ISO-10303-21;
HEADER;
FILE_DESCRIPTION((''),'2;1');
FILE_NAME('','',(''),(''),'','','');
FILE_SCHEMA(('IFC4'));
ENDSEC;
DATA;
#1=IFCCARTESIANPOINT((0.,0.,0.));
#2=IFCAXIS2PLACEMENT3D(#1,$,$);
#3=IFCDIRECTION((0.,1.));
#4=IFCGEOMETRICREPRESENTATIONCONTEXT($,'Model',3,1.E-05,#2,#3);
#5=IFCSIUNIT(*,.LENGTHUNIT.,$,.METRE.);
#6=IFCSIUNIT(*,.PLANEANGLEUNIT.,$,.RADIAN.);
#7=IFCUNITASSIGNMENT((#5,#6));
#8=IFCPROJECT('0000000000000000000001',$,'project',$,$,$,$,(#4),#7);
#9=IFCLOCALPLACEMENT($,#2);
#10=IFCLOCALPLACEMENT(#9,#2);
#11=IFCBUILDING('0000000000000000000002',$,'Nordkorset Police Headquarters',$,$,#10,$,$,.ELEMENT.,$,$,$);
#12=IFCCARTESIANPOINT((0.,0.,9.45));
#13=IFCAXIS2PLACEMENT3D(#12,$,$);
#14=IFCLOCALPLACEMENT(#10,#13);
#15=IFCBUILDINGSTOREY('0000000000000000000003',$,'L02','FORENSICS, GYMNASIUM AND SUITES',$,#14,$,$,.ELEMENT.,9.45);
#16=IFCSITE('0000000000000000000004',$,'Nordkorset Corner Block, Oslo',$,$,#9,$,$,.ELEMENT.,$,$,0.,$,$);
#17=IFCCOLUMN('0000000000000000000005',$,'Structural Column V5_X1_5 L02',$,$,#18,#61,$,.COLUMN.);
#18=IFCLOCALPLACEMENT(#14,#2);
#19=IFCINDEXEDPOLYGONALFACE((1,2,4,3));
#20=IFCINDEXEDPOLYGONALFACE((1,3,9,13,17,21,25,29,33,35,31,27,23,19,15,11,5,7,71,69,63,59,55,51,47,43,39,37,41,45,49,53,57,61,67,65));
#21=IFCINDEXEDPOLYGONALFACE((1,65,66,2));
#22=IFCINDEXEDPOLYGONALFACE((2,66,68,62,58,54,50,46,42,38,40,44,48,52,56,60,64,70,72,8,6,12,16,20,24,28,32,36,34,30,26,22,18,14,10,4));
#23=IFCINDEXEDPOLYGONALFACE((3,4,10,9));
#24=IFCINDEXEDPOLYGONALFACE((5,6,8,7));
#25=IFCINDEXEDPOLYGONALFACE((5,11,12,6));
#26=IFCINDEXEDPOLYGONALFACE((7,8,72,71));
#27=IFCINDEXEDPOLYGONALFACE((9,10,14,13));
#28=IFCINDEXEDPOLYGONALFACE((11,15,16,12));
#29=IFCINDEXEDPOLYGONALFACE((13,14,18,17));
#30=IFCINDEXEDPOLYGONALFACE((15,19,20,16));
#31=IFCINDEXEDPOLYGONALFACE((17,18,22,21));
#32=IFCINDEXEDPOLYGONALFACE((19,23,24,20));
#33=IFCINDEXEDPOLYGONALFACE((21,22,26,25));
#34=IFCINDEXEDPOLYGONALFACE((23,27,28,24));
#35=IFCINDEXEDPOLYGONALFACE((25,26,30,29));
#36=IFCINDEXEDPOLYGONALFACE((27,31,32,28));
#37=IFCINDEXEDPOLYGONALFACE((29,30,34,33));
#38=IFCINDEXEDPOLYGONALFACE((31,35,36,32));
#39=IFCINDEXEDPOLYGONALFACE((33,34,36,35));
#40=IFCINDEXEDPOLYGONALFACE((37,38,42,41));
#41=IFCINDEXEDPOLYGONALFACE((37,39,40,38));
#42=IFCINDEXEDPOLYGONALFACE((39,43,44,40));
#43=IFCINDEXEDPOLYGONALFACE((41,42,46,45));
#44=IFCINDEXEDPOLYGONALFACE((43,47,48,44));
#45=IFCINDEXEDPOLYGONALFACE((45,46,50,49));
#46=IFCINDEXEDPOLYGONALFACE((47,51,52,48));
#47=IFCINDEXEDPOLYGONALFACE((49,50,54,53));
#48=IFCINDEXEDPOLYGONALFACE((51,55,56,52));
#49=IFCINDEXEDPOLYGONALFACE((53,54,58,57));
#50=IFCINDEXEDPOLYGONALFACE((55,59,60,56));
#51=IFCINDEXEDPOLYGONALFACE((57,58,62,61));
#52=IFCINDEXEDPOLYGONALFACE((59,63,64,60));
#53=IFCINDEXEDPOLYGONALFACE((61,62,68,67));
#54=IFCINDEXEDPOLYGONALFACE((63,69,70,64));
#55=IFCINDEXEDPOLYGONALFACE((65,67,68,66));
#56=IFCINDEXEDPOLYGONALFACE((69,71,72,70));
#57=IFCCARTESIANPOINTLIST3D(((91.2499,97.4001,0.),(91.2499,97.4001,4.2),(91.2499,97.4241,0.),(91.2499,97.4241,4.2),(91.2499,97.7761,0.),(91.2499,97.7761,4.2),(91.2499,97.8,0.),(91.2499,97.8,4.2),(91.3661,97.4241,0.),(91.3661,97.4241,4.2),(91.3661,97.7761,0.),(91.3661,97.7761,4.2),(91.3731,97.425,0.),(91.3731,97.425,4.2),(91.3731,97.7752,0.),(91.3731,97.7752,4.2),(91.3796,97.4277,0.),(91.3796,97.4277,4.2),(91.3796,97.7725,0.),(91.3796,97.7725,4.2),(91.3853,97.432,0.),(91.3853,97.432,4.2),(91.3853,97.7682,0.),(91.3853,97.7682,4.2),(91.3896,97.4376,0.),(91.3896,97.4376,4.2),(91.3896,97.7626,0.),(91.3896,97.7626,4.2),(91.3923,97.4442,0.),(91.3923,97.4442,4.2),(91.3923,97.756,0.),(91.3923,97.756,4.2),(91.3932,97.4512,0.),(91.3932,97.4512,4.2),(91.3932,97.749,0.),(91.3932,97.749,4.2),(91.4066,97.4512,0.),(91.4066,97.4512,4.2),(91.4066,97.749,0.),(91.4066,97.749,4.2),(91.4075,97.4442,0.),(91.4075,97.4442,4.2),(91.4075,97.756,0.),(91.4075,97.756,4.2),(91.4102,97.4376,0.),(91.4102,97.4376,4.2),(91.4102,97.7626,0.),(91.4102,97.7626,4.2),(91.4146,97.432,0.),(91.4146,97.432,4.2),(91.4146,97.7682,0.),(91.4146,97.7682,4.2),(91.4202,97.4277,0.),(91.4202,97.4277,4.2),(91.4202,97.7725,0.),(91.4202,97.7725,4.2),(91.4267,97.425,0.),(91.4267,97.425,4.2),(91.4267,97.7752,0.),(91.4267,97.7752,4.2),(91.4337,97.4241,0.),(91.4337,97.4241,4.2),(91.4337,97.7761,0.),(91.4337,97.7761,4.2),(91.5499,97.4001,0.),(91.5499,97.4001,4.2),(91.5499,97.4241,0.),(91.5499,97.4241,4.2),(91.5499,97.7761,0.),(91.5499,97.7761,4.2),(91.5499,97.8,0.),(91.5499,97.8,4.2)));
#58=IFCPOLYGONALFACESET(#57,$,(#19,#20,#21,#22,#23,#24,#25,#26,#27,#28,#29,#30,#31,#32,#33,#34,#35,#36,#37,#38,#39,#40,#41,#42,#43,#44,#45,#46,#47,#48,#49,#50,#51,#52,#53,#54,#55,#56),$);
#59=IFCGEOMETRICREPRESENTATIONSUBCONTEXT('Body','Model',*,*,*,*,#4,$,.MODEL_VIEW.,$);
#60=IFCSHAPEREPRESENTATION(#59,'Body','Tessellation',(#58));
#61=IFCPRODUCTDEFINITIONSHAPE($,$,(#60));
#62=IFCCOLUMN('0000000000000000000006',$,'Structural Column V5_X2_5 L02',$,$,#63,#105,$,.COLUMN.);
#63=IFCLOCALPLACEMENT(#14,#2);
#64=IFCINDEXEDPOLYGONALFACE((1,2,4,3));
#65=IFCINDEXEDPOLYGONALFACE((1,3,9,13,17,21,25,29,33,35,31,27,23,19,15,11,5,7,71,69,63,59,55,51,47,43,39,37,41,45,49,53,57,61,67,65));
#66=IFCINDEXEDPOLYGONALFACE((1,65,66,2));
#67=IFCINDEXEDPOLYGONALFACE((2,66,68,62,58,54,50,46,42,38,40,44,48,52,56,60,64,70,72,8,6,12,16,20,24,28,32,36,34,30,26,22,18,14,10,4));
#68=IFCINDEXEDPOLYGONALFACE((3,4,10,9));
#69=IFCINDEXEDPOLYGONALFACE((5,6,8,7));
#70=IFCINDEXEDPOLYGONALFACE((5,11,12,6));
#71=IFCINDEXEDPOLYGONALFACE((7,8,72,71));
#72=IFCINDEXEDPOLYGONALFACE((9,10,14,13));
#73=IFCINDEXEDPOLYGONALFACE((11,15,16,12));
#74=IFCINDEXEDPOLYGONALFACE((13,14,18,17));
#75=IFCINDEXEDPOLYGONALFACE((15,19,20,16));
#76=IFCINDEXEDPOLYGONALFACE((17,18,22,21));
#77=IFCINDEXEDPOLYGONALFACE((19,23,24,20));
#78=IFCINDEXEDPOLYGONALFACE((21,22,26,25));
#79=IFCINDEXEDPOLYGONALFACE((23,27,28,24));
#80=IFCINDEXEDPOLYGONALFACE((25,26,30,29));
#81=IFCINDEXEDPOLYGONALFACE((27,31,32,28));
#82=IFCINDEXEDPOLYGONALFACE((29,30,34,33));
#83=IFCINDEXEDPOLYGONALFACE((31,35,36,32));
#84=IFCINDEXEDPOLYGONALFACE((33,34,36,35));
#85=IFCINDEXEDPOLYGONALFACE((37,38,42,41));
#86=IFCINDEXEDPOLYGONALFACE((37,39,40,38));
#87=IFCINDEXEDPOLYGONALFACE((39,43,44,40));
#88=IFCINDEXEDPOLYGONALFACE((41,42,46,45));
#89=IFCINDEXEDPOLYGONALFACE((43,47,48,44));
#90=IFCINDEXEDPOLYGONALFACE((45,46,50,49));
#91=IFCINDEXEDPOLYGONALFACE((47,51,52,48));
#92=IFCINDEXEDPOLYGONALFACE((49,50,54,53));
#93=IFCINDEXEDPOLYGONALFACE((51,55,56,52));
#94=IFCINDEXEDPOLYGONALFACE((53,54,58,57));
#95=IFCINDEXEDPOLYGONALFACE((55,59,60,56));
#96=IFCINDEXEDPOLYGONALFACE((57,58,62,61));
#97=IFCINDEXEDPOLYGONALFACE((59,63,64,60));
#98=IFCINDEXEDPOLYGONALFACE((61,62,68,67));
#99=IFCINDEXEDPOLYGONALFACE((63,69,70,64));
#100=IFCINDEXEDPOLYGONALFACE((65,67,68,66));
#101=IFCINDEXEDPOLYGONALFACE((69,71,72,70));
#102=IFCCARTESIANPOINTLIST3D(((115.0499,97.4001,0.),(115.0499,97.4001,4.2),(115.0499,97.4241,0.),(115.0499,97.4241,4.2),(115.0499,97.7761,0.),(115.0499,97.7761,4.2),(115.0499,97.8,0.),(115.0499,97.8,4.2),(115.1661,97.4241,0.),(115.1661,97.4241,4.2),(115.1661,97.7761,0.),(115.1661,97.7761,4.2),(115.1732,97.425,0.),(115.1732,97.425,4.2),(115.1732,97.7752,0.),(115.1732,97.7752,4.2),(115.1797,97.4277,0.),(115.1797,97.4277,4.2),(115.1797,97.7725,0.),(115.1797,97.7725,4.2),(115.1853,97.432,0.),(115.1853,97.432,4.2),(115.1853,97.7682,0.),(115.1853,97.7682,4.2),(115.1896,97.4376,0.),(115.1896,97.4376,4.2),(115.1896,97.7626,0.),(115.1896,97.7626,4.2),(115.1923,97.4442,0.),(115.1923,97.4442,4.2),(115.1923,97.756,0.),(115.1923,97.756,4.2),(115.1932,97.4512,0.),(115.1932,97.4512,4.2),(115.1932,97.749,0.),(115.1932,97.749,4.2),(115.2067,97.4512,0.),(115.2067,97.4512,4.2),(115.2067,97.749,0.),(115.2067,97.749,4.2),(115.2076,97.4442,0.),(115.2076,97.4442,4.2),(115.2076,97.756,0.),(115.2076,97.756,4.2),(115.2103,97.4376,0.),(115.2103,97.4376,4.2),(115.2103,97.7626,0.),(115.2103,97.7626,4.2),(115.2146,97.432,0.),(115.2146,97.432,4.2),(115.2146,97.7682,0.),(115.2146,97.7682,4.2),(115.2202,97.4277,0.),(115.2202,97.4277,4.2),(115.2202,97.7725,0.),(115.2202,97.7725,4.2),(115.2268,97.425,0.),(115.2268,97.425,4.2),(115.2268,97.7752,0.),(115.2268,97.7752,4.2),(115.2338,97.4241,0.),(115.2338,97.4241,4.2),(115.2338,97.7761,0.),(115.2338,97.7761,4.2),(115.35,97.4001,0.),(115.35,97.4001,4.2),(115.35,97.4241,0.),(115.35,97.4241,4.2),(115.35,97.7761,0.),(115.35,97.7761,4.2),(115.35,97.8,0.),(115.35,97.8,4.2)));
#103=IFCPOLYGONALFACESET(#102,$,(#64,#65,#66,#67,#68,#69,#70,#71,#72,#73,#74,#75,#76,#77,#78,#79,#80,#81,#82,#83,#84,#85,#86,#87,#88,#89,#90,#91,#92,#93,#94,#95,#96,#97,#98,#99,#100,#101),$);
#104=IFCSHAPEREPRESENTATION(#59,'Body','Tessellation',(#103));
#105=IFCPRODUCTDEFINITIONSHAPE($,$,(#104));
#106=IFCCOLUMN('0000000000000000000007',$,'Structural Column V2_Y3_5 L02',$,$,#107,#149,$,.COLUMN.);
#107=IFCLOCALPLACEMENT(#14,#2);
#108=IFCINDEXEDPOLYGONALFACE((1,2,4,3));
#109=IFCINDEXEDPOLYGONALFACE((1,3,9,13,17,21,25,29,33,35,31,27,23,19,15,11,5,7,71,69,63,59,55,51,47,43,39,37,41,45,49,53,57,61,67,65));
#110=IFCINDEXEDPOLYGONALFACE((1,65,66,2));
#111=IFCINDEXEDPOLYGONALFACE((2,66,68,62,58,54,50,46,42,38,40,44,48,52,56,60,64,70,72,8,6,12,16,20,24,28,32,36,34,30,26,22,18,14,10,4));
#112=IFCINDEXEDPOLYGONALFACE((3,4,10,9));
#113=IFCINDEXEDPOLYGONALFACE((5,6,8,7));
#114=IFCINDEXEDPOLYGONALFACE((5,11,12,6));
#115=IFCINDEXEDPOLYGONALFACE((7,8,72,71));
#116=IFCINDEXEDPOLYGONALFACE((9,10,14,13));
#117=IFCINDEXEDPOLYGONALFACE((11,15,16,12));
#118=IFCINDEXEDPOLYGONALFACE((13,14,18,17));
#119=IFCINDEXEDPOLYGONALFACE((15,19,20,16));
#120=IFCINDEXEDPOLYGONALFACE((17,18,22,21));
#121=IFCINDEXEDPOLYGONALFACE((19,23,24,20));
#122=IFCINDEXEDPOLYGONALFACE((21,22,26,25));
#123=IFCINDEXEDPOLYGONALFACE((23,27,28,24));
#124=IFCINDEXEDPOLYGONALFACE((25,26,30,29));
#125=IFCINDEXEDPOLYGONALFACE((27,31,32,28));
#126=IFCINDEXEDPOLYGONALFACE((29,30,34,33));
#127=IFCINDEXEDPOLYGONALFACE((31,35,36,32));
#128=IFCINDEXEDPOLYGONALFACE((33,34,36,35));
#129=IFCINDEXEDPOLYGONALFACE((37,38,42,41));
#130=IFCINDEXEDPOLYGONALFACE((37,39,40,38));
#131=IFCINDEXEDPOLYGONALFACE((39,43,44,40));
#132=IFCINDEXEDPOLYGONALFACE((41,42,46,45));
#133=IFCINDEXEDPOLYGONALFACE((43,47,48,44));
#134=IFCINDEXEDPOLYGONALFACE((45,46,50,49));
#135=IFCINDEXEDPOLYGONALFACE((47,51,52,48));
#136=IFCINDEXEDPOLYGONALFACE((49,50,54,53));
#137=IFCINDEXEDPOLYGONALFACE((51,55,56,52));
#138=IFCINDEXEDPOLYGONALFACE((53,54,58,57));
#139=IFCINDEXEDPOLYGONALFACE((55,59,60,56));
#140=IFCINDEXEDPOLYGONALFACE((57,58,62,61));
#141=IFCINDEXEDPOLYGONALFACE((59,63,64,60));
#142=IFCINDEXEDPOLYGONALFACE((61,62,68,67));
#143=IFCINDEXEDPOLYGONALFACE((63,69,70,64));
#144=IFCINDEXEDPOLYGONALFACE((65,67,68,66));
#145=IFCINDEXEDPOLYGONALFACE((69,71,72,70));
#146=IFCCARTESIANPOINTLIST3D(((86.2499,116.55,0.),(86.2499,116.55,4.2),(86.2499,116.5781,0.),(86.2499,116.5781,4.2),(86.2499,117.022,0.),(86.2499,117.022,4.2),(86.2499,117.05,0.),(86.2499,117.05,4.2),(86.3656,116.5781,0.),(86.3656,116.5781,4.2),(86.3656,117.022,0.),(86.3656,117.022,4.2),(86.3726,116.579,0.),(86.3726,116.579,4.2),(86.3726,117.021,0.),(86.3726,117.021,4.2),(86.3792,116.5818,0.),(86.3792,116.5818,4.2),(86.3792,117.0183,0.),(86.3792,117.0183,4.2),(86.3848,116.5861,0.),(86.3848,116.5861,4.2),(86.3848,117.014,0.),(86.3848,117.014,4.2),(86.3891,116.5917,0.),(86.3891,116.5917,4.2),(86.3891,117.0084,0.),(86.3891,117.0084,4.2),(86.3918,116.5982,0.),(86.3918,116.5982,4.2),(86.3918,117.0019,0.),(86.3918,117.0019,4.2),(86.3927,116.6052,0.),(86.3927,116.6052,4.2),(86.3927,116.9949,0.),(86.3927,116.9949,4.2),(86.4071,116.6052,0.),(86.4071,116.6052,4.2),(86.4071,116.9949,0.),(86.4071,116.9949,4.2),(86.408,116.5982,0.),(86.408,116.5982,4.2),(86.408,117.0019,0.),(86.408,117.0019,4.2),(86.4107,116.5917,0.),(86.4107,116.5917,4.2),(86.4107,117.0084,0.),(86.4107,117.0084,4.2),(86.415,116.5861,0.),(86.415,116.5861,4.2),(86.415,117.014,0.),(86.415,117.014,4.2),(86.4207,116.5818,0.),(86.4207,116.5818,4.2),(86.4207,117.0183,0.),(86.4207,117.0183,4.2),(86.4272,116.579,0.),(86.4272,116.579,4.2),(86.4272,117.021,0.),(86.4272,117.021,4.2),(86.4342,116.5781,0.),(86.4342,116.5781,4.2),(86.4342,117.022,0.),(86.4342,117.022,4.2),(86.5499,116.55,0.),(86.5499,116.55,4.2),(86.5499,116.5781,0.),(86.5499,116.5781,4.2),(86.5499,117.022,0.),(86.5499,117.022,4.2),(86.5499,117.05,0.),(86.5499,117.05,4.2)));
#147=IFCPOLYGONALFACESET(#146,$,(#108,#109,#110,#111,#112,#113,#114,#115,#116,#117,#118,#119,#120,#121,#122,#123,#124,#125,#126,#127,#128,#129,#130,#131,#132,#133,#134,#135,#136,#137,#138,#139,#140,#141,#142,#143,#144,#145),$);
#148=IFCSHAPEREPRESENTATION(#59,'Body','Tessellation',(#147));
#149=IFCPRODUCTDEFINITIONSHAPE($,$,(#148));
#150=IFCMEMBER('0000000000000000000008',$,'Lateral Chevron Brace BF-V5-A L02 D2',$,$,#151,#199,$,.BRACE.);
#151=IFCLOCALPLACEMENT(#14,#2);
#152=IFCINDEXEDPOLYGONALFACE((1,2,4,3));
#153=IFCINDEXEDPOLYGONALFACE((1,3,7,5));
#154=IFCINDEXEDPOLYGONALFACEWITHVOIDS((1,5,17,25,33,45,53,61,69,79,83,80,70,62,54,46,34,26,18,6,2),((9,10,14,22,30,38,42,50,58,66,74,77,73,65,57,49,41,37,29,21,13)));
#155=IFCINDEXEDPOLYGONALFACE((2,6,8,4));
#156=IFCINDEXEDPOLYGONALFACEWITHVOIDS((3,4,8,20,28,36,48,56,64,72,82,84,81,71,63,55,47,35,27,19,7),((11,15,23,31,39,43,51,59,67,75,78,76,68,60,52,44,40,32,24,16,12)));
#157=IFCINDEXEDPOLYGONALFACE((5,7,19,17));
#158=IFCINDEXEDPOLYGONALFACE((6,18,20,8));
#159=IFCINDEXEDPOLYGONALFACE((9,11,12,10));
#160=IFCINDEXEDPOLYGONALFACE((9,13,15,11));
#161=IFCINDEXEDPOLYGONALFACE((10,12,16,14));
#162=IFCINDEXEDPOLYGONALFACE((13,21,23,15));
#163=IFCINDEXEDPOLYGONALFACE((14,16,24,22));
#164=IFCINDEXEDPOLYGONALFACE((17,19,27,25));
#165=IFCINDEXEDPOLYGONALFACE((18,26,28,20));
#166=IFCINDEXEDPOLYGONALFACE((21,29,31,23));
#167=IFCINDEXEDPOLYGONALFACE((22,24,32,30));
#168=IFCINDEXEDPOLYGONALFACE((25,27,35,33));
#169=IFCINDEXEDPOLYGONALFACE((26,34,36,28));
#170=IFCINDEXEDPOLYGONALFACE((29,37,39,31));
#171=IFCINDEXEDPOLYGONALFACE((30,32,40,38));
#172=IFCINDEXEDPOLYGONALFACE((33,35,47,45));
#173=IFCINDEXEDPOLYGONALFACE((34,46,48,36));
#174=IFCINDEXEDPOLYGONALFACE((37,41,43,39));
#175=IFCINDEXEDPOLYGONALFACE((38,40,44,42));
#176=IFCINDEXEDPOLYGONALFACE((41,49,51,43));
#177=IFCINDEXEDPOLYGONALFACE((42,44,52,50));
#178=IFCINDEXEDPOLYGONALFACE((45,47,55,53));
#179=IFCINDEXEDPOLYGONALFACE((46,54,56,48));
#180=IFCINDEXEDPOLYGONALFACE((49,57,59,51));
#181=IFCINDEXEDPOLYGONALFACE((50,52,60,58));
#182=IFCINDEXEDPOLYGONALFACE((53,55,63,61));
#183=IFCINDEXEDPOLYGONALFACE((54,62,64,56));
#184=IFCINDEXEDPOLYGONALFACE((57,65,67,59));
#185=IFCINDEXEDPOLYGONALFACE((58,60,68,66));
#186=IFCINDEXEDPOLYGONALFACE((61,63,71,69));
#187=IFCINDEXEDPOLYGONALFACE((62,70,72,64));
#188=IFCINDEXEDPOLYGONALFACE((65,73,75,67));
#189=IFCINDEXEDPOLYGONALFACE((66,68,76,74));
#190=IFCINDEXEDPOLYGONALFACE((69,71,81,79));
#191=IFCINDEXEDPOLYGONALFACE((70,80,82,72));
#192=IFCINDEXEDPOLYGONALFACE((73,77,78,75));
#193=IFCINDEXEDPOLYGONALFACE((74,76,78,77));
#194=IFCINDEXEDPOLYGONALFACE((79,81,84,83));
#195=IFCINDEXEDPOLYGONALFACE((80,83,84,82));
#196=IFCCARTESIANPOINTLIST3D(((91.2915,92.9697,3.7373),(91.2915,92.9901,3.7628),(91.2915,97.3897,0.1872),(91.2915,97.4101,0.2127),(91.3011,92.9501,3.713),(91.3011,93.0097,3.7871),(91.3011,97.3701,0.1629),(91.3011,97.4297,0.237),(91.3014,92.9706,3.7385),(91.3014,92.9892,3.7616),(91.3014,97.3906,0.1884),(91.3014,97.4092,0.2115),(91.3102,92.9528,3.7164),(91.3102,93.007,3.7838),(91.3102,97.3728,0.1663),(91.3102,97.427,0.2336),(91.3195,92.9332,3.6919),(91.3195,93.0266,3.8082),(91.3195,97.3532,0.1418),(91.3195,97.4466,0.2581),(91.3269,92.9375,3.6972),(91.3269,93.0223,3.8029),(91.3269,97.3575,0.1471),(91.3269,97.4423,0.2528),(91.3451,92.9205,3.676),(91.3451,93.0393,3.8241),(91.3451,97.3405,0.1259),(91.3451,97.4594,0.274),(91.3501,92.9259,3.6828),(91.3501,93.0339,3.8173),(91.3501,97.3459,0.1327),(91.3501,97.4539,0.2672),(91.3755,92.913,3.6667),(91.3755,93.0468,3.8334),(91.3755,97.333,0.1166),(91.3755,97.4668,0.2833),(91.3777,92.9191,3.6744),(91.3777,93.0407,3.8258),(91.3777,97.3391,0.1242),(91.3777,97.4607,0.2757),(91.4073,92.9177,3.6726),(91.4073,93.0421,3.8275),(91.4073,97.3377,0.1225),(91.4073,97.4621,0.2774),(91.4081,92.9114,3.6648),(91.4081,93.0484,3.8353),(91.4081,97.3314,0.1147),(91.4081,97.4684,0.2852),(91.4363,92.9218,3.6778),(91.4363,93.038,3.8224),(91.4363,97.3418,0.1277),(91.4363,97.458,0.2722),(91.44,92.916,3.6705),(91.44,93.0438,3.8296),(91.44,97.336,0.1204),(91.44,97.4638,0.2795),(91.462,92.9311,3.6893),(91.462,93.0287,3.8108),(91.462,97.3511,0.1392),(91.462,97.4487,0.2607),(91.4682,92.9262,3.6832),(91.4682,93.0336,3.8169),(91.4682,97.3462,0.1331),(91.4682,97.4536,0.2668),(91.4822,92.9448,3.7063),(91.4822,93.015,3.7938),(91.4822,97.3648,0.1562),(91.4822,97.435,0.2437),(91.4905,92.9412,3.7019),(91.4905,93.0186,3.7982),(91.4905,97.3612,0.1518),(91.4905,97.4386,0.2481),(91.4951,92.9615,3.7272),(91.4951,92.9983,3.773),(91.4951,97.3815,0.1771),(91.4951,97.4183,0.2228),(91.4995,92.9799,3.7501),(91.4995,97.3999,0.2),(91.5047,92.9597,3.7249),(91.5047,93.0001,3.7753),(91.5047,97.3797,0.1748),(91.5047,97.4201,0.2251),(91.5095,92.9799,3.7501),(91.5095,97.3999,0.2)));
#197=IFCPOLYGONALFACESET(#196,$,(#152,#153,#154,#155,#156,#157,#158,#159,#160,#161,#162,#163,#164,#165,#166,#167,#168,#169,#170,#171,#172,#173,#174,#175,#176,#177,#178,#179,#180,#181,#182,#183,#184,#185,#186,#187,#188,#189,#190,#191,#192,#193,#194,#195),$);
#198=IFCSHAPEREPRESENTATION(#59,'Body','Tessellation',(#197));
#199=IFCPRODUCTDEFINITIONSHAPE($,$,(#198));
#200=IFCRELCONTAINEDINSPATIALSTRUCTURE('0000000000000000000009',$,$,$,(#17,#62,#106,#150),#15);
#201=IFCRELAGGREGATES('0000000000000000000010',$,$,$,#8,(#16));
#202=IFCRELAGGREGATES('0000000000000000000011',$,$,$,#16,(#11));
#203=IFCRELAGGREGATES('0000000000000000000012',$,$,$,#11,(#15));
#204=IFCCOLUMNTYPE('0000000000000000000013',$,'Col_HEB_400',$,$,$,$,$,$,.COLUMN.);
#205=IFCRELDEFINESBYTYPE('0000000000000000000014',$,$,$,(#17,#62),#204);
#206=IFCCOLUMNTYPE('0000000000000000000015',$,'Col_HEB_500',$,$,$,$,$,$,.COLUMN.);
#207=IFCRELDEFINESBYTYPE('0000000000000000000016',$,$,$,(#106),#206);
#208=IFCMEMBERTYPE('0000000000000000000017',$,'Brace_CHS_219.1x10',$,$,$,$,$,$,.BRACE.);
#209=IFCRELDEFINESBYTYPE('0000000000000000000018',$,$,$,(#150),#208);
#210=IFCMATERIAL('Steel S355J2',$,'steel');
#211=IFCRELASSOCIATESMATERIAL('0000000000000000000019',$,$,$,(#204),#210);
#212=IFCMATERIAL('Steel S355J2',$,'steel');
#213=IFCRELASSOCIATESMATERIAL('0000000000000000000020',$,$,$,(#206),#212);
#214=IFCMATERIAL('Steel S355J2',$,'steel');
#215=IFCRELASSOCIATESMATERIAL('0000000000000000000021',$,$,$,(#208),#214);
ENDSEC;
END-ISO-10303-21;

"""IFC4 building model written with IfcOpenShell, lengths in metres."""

from ifc_helpers import new_model, si_unit, direction, frame, origin, origin_2d, place, context, subcontext, project, spatial, hollow_circle, i_section, extrude, material, material_profile, profile_set, type_object, element, save


model = new_model("IFC4")

# Units and contexts
model_context = context("Model", 3, precision=1e-05, world=origin(), true_north=direction((0.0, 1.0)))
body_context = subcontext(model_context, "Body", "Model", "MODEL_VIEW")
ifc_project = project(units=[si_unit("LENGTHUNIT", "METRE"), si_unit("PLANEANGLEUNIT", "RADIAN")], contexts=[model_context])

# Site, building, storey
site_placement = place(None, origin())
site = spatial("IfcSite", under=ifc_project, at=site_placement, Name="Nordkorset Corner Block, Oslo", CompositionType="ELEMENT", RefElevation=0.0)
building_placement = place(site_placement, origin())
building = spatial("IfcBuilding", under=site, at=building_placement, Name="Nordkorset Police Headquarters", CompositionType="ELEMENT")
storey_placement = place(building_placement, frame((0.0, 0.0, 9.45)))
storey = spatial("IfcBuildingStorey", under=building, at=storey_placement, Name="L02", Description="FORENSICS, GYMNASIUM AND SUITES", CompositionType="ELEMENT", Elevation=9.45)

# Columns
ifc_material_1 = material(Name="Steel S355J2", Category="steel")
ifc_material_profile_1 = material_profile(ifc_material_1, i_section(OverallWidth=0.3, OverallDepth=0.3999, WebThickness=0.0134, FlangeThickness=0.0239, FilletRadius=0.0271, at=origin_2d()), Name="HEB 400")
ifc_profile_set_1 = profile_set([ifc_material_profile_1], Name="Steel S355J2")
column_type_1 = type_object("IfcColumnType", Name="Col_HEB_400", PredefinedType="COLUMN", material=ifc_profile_set_1)
for number, where, z_axis, x_axis, name in (
    (1, (91.3999, 97.6001, 0.0), (0.0, 0.0, 1.0), (1.0, 0.0, 0.0), "Structural Column V5_X1_5 L02"),
    (2, (115.2, 97.6001, 0.0), (0.0, 0.0, 1.0), (1.0, 0.0, 0.0), "Structural Column V5_X2_5 L02"),
):
    element("IfcColumn", number, at=place(storey_placement, frame(where, z_axis=z_axis, x_axis=x_axis)), inside=storey, type_object=column_type_1, Name=name, PredefinedType="COLUMN", context=body_context, shape_type="SweptSolid", body=[
        extrude(i_section(OverallWidth=0.3, OverallDepth=0.3999, WebThickness=0.0134, FlangeThickness=0.0239, FilletRadius=0.0271, at=origin_2d()), origin(), (0.0, 0.0, 1.0), 4.2),
    ])
ifc_material_2 = material(Name="Steel S355J2", Category="steel")
ifc_material_profile_2 = material_profile(ifc_material_2, i_section(OverallWidth=0.3, OverallDepth=0.5, WebThickness=0.0144, FlangeThickness=0.0281, FilletRadius=0.0271, at=origin_2d()), Name="HEB 500")
ifc_profile_set_2 = profile_set([ifc_material_profile_2], Name="Steel S355J2")
column_type_2 = type_object("IfcColumnType", Name="Col_HEB_500", PredefinedType="COLUMN", material=ifc_profile_set_2)
column_placement = place(storey_placement, frame((86.3999, 116.8, 0.0), z_axis=(0.0, 0.0, 1.0), x_axis=(1.0, 0.0, 0.0)))
element("IfcColumn", 3, at=column_placement, inside=storey, type_object=column_type_2, Name="Structural Column V2_Y3_5 L02", PredefinedType="COLUMN", context=body_context, shape_type="SweptSolid", body=[
    extrude(i_section(OverallWidth=0.3, OverallDepth=0.5, WebThickness=0.0144, FlangeThickness=0.0281, FilletRadius=0.0271, at=origin_2d()), origin(), (0.0, 0.0, 1.0), 4.2),
])

# Member
ifc_material_3 = material(Name="Steel S355J2", Category="steel")
ifc_material_profile_3 = material_profile(ifc_material_3, hollow_circle(Radius=0.1096, WallThickness=0.01, at=origin_2d()), Name="CHS 219.1x10")
ifc_profile_set_3 = profile_set([ifc_material_profile_3], Name="Steel S355J2")
member_type_1 = type_object("IfcMemberType", Name="Brace_CHS_219.1x10", PredefinedType="BRACE", material=ifc_profile_set_3)
member_1_placement = place(storey_placement, frame((91.3999, 97.3999, 0.2), z_axis=(0.0, -0.779653, 0.626212), x_axis=(1.0, 0.0, 0.0)))
element("IfcMember", 4, at=member_1_placement, inside=storey, type_object=member_type_1, Name="Lateral Chevron Brace BF-V5-A L02 D2", PredefinedType="BRACE", context=body_context, shape_type="SweptSolid", body=[
    extrude(hollow_circle(Radius=0.1096, WallThickness=0.01, at=origin_2d()), origin(), (0.0, 0.0, 1.0), 5.6692),
])

save(model, "model.ifc")
